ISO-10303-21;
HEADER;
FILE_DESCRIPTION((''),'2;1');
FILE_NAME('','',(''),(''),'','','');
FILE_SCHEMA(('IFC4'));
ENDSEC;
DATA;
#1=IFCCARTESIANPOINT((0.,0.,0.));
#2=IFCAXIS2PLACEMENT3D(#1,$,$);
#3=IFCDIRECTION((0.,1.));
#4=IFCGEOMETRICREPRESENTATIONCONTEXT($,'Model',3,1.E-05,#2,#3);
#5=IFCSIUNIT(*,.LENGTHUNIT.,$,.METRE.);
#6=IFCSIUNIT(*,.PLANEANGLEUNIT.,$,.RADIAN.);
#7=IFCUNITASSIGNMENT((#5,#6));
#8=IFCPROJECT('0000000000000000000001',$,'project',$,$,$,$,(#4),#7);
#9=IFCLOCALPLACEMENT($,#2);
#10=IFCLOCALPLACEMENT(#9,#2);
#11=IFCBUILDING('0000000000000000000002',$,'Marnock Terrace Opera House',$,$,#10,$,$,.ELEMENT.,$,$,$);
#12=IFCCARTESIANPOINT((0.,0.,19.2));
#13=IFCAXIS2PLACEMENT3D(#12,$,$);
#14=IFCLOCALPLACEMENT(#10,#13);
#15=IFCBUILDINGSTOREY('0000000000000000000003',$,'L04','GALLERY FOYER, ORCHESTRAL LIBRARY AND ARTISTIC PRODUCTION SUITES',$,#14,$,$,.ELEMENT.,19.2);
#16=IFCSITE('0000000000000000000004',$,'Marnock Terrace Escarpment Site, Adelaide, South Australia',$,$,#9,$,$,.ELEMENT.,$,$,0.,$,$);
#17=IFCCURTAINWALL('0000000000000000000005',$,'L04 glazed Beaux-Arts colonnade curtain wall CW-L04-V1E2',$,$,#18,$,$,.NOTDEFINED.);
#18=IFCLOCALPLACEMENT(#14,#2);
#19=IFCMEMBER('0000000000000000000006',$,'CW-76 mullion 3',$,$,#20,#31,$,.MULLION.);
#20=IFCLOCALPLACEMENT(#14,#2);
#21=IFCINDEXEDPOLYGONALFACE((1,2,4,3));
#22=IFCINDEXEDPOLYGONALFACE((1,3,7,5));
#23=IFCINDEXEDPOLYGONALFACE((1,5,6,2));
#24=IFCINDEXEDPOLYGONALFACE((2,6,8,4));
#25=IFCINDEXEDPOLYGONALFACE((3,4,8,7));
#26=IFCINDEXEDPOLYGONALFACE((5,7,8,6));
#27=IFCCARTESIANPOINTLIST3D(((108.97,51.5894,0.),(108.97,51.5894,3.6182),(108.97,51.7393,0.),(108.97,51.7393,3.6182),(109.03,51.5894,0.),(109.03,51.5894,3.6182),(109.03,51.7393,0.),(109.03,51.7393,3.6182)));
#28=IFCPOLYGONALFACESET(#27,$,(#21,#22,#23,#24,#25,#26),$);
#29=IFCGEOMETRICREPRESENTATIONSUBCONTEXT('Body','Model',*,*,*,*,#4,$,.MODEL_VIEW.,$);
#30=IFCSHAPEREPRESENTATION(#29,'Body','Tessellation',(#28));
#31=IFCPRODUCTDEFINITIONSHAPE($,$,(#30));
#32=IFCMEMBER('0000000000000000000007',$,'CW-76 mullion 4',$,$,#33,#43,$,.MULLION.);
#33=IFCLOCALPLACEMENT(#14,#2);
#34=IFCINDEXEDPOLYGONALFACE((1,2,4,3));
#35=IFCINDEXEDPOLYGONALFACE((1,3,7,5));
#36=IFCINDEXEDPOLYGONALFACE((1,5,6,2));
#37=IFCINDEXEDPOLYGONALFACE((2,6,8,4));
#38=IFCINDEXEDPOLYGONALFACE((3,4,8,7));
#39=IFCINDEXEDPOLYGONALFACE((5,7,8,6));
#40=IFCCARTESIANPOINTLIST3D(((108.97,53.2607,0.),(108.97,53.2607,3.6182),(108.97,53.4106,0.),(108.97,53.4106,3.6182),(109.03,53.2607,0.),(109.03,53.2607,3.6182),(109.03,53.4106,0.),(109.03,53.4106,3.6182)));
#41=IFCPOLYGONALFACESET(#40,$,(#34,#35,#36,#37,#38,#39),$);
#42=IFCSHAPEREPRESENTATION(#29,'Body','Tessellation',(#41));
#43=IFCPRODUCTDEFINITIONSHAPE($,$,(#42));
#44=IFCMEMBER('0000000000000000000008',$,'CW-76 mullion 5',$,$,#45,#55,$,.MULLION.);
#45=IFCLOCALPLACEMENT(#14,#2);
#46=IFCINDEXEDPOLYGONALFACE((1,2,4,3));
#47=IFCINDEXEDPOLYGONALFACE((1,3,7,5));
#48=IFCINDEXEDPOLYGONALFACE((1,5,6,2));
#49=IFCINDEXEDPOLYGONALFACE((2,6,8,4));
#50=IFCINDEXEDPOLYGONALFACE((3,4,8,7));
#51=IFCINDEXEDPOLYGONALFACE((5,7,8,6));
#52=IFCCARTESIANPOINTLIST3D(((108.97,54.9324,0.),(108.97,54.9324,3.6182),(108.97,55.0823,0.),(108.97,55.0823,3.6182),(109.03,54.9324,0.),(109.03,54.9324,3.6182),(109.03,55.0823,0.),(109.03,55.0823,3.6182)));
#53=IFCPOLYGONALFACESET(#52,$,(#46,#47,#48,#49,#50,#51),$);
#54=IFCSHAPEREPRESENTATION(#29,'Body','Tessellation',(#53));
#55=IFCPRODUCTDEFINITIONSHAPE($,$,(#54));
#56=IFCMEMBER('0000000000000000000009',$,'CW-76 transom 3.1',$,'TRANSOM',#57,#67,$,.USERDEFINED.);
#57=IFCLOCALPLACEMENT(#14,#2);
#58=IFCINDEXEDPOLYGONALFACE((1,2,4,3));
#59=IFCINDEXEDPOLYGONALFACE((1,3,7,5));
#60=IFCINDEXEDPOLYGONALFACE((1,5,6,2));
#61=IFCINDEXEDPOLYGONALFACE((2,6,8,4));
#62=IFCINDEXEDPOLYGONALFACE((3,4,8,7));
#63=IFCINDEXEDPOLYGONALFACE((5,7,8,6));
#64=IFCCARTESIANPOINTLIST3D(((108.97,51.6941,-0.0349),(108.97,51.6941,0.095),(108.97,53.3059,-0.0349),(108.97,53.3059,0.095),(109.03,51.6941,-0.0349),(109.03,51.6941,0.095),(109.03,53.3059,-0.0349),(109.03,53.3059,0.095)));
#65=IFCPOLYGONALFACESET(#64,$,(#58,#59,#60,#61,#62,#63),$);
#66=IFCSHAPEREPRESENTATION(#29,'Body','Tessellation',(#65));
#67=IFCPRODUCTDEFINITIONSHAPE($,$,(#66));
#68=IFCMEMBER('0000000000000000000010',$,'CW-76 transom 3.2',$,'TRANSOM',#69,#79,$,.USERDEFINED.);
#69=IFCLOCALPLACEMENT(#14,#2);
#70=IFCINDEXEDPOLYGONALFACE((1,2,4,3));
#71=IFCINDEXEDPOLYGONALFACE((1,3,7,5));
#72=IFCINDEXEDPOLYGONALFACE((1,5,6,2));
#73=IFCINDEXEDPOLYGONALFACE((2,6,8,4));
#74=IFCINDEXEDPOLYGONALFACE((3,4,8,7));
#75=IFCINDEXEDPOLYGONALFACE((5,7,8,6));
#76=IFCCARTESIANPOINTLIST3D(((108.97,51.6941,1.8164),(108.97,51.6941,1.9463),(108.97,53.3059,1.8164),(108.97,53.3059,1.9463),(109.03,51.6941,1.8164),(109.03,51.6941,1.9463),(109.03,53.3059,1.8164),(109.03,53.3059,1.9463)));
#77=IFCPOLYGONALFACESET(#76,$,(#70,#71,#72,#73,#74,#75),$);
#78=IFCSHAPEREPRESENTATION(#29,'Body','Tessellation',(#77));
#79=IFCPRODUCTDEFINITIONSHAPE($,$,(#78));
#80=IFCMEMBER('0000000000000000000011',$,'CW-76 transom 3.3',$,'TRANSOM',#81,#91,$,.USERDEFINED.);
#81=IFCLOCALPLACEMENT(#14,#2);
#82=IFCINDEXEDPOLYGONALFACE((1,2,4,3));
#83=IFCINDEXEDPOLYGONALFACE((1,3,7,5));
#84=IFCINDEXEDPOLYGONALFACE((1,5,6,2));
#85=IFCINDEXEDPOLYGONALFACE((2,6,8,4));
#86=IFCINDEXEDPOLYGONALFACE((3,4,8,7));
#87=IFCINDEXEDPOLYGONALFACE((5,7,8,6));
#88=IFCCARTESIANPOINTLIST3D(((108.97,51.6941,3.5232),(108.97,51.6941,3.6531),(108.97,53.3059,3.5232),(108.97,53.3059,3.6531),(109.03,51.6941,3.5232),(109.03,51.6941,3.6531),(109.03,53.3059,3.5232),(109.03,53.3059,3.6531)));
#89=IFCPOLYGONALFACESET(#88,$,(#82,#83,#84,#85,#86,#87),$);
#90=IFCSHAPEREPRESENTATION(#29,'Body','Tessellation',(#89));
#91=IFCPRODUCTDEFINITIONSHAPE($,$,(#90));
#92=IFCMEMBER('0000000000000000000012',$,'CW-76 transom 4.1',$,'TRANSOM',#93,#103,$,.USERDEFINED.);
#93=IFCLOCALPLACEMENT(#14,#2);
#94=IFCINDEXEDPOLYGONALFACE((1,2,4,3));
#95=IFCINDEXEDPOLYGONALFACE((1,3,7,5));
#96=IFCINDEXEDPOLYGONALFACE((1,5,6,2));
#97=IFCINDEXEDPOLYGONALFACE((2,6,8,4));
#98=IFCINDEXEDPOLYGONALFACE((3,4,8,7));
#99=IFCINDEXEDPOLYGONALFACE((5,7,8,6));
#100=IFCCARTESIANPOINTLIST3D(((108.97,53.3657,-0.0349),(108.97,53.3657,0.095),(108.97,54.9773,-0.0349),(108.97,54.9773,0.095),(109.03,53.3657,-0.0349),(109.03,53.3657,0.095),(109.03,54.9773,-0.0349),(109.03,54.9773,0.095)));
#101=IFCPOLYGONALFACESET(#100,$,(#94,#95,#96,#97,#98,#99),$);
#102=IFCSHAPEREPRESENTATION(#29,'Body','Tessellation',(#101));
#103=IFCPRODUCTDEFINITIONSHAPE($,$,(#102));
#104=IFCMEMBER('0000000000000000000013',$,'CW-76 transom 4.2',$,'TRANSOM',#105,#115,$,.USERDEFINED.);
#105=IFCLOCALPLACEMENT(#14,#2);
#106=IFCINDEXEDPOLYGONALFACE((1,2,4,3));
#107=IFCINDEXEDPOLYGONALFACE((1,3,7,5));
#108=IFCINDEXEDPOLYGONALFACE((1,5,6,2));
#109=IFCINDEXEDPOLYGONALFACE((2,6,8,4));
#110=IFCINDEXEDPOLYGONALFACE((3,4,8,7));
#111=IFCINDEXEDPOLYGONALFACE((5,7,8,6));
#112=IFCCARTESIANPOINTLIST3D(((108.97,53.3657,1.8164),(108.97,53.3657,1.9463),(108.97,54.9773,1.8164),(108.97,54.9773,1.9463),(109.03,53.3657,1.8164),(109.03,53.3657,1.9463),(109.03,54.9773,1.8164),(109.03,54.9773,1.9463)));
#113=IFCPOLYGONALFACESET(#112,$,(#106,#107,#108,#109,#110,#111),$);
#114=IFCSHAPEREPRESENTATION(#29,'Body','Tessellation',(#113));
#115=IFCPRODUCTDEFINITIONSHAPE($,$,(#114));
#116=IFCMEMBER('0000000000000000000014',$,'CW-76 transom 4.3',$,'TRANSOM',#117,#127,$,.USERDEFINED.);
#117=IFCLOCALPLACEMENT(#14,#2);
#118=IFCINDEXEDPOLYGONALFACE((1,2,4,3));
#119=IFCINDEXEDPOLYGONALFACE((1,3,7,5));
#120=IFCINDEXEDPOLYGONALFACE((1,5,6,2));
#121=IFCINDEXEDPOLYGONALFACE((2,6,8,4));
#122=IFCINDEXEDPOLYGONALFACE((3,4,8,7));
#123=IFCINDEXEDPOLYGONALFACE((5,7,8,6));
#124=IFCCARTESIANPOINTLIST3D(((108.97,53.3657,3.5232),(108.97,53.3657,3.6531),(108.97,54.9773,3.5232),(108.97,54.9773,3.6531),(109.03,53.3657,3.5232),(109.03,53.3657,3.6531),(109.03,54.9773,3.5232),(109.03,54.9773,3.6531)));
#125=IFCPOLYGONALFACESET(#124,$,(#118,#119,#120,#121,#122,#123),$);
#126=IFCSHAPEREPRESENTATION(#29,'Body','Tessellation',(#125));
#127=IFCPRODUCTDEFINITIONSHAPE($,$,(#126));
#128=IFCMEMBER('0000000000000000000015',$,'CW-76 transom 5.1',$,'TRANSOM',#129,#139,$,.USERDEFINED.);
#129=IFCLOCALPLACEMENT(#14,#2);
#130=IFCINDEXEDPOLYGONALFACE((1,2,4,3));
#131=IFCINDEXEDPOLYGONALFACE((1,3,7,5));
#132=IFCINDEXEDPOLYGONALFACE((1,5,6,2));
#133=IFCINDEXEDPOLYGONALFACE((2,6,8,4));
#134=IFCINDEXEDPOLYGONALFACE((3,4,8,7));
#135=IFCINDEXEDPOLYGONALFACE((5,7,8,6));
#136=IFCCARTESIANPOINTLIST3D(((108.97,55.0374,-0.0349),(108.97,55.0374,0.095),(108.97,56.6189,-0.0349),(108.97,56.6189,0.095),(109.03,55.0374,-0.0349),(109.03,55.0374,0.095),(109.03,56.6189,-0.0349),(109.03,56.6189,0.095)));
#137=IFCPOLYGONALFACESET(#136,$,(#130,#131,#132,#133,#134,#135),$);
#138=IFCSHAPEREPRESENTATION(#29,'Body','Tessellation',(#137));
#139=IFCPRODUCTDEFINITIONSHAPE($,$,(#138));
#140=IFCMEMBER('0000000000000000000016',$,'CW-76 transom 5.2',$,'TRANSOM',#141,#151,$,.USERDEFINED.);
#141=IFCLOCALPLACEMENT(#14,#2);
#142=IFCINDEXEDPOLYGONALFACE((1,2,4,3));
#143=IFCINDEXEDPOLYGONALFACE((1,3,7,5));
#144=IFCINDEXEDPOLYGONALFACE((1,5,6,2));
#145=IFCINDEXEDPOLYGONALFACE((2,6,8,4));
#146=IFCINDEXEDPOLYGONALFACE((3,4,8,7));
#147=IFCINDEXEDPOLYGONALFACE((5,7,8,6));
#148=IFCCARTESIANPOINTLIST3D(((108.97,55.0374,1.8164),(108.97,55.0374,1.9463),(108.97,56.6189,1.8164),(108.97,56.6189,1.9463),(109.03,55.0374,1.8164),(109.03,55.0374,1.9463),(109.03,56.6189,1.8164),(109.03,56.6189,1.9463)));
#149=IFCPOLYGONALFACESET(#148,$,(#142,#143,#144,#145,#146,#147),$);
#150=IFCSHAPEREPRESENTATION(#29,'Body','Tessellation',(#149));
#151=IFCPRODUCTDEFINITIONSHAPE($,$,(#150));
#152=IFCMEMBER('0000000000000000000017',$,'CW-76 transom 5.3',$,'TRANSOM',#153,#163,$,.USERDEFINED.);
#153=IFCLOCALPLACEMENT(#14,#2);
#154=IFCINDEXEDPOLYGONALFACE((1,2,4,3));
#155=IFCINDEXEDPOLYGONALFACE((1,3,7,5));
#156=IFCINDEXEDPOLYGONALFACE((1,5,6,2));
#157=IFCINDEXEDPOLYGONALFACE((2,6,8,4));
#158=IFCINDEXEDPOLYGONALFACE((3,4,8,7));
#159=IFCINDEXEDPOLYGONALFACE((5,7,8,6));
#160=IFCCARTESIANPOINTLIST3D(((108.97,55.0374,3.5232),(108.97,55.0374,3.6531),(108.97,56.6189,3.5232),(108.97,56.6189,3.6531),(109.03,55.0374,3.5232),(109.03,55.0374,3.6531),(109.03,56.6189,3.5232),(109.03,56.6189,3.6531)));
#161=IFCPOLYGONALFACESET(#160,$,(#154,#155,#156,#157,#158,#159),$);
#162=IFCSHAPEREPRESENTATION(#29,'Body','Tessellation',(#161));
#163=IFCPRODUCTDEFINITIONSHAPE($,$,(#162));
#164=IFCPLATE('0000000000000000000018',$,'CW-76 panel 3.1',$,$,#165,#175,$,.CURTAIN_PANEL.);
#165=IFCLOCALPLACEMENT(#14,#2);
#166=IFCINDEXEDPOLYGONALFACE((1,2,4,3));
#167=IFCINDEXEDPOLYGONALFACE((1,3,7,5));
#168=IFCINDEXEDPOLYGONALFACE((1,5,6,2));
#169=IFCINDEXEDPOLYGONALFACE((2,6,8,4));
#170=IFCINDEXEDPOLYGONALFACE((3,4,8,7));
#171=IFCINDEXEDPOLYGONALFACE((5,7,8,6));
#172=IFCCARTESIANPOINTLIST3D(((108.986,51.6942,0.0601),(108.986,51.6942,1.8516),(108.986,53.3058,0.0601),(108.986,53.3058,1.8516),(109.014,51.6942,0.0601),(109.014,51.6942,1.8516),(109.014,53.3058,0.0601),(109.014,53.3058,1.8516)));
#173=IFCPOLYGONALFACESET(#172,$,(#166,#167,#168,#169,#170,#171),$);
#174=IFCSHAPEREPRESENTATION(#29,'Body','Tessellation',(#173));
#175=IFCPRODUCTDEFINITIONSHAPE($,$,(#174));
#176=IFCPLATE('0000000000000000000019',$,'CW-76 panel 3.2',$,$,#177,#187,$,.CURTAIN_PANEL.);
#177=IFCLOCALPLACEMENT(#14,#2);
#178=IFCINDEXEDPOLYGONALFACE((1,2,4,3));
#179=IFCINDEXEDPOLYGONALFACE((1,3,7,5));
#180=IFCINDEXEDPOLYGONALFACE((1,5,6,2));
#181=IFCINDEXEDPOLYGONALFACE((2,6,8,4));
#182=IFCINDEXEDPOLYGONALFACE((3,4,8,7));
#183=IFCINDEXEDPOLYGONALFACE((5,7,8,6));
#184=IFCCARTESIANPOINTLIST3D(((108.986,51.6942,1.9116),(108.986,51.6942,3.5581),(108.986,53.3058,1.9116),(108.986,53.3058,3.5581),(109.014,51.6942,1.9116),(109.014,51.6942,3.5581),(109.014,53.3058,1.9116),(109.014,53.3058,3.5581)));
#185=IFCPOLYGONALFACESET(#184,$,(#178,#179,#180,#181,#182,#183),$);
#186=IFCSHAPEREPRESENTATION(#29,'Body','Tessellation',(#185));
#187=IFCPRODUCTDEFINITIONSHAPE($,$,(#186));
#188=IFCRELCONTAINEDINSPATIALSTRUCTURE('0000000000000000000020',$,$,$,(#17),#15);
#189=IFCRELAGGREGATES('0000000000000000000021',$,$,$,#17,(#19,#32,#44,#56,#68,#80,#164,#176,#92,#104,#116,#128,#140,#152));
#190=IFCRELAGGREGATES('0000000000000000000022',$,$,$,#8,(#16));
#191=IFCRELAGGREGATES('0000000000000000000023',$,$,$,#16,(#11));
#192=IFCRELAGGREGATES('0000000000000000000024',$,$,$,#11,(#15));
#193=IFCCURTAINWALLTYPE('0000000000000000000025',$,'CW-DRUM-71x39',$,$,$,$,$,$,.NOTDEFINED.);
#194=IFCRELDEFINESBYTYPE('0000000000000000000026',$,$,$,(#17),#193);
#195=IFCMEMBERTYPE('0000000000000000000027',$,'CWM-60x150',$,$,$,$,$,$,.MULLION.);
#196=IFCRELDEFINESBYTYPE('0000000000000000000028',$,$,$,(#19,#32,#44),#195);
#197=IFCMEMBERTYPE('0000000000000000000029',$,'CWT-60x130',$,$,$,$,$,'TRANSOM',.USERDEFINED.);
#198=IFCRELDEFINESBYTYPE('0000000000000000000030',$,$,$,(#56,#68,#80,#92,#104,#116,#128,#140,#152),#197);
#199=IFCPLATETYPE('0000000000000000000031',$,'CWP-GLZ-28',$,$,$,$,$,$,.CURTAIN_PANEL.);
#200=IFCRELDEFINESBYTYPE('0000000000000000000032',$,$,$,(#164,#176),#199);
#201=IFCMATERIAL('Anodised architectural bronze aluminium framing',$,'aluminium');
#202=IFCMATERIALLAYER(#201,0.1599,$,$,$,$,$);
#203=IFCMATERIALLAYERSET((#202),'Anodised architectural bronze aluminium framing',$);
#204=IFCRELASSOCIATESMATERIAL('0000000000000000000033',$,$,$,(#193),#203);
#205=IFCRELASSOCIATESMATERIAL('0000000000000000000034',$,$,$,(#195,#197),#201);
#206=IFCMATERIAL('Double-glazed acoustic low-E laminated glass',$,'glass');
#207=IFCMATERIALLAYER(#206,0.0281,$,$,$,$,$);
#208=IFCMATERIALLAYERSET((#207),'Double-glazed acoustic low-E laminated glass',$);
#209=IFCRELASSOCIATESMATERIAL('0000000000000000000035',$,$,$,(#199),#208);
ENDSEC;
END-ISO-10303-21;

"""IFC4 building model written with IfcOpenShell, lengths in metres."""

from ifc_helpers import new_model, si_unit, direction, frame, origin, origin_2d, place, context, subcontext, project, spatial, rectangle, extrude, material, layer, layer_set, material_profile, profile_set, type_object, element, aggregate, save


model = new_model("IFC4")

# Units and contexts
model_context = context("Model", 3, precision=1e-05, world=origin(), true_north=direction((0.0, 1.0)))
body_context = subcontext(model_context, "Body", "Model", "MODEL_VIEW")
ifc_project = project(units=[si_unit("LENGTHUNIT", "METRE"), si_unit("PLANEANGLEUNIT", "RADIAN")], contexts=[model_context])

# Site, building, storey
site_placement = place(None, origin())
site = spatial("IfcSite", under=ifc_project, at=site_placement, Name="Marnock Terrace Escarpment Site, Adelaide, South Australia", CompositionType="ELEMENT", RefElevation=0.0)
building_placement = place(site_placement, origin())
building = spatial("IfcBuilding", under=site, at=building_placement, Name="Marnock Terrace Opera House", CompositionType="ELEMENT")
storey_placement = place(building_placement, frame((0.0, 0.0, 19.2)))
storey = spatial("IfcBuildingStorey", under=building, at=storey_placement, Name="L04", Description="GALLERY FOYER, ORCHESTRAL LIBRARY AND ARTISTIC PRODUCTION SUITES", CompositionType="ELEMENT", Elevation=19.2)

# Curtain wall, members, plates
ifc_material_1 = material(Name="Anodised architectural bronze aluminium framing", Category="aluminium")
ifc_layer_1 = layer(ifc_material_1, 0.1599)
ifc_layer_set_1 = layer_set([ifc_layer_1], Name="Anodised architectural bronze aluminium framing")
curtain_wall_type = type_object("IfcCurtainWallType", Name="CW-DRUM-71x39", PredefinedType="NOTDEFINED", material=ifc_layer_set_1)
curtain_wall_placement = place(storey_placement, origin())
curtain_wall = element("IfcCurtainWall", 1, at=curtain_wall_placement, inside=storey, type_object=curtain_wall_type, Name="L04 glazed Beaux-Arts colonnade curtain wall CW-L04-V1E2", PredefinedType="NOTDEFINED")
ifc_material_profile_1 = material_profile(ifc_material_1, rectangle(XDim=0.0601, YDim=0.1499, at=origin_2d()))
ifc_profile_set_1 = profile_set([ifc_material_profile_1], Name="Anodised architectural bronze aluminium framing")
member_type_1 = type_object("IfcMemberType", Name="CWM-60x150", PredefinedType="MULLION", material=ifc_profile_set_1)
member_1_placement = place(storey_placement, frame((109.0, 51.6643, 0.0), z_axis=(0.0, 0.0, 1.0), x_axis=(-1.0, 0.0, 0.0)))
member_1 = element("IfcMember", 2, at=member_1_placement, type_object=member_type_1, Name="CW-76 mullion 3", PredefinedType="MULLION", context=body_context, shape_type="SweptSolid", body=[
    extrude(rectangle(XDim=0.0601, YDim=0.1499, at=origin_2d()), origin(), (0.0, 0.0, 1.0), 3.6182),
])
member_2_placement = place(storey_placement, frame((109.0, 53.3357, 0.0), z_axis=(0.0, 0.0, 1.0), x_axis=(-1.0, 0.0, 0.0)))
member_2 = element("IfcMember", 3, at=member_2_placement, type_object=member_type_1, Name="CW-76 mullion 4", PredefinedType="MULLION", context=body_context, shape_type="SweptSolid", body=[
    extrude(rectangle(XDim=0.0601, YDim=0.1499, at=origin_2d()), origin(), (0.0, 0.0, 1.0), 3.6182),
])
member_3_placement = place(storey_placement, frame((109.0, 55.0073, 0.0), z_axis=(0.0, 0.0, 1.0), x_axis=(-1.0, 0.0, 0.0)))
member_3 = element("IfcMember", 4, at=member_3_placement, type_object=member_type_1, Name="CW-76 mullion 5", PredefinedType="MULLION", context=body_context, shape_type="SweptSolid", body=[
    extrude(rectangle(XDim=0.0601, YDim=0.1499, at=origin_2d()), origin(), (0.0, 0.0, 1.0), 3.6182),
])
ifc_material_profile_2 = material_profile(ifc_material_1, rectangle(XDim=0.0601, YDim=0.1299, at=origin_2d()))
ifc_profile_set_2 = profile_set([ifc_material_profile_2], Name="Anodised architectural bronze aluminium framing")
member_type_2 = type_object("IfcMemberType", Name="CWT-60x130", ElementType="TRANSOM", PredefinedType="USERDEFINED", material=ifc_profile_set_2)
member_4_placement = place(storey_placement, frame((109.0, 51.6941, 0.03), z_axis=(0.0, 1.0, 0.0), x_axis=(-1.0, 0.0, 0.0)))
member_4 = element("IfcMember", 5, at=member_4_placement, type_object=member_type_2, Name="CW-76 transom 3.1", ObjectType="TRANSOM", PredefinedType="USERDEFINED", context=body_context, shape_type="SweptSolid", body=[
    extrude(rectangle(XDim=0.0601, YDim=0.1299, at=origin_2d()), origin(), (0.0, 0.0, 1.0), 1.6118),
])
member_5_placement = place(storey_placement, frame((109.0, 51.6941, 1.8813), z_axis=(0.0, 1.0, 0.0), x_axis=(-1.0, 0.0, 0.0)))
member_5 = element("IfcMember", 6, at=member_5_placement, type_object=member_type_2, Name="CW-76 transom 3.2", ObjectType="TRANSOM", PredefinedType="USERDEFINED", context=body_context, shape_type="SweptSolid", body=[
    extrude(rectangle(XDim=0.0601, YDim=0.1299, at=origin_2d()), origin(), (0.0, 0.0, 1.0), 1.6118),
])
member_6_placement = place(storey_placement, frame((109.0, 51.6941, 3.5881), z_axis=(0.0, 1.0, 0.0), x_axis=(-1.0, 0.0, 0.0)))
member_6 = element("IfcMember", 7, at=member_6_placement, type_object=member_type_2, Name="CW-76 transom 3.3", ObjectType="TRANSOM", PredefinedType="USERDEFINED", context=body_context, shape_type="SweptSolid", body=[
    extrude(rectangle(XDim=0.0601, YDim=0.1299, at=origin_2d()), origin(), (0.0, 0.0, 1.0), 1.6118),
])
member_7_placement = place(storey_placement, frame((109.0, 53.3657, 0.03), z_axis=(0.0, 1.0, 0.0), x_axis=(-1.0, 0.0, 0.0)))
member_7 = element("IfcMember", 8, at=member_7_placement, type_object=member_type_2, Name="CW-76 transom 4.1", ObjectType="TRANSOM", PredefinedType="USERDEFINED", context=body_context, shape_type="SweptSolid", body=[
    extrude(rectangle(XDim=0.0601, YDim=0.1299, at=origin_2d()), origin(), (0.0, 0.0, 1.0), 1.6116),
])
member_8_placement = place(storey_placement, frame((109.0, 53.3657, 1.8813), z_axis=(0.0, 1.0, 0.0), x_axis=(-1.0, 0.0, 0.0)))
member_8 = element("IfcMember", 9, at=member_8_placement, type_object=member_type_2, Name="CW-76 transom 4.2", ObjectType="TRANSOM", PredefinedType="USERDEFINED", context=body_context, shape_type="SweptSolid", body=[
    extrude(rectangle(XDim=0.0601, YDim=0.1299, at=origin_2d()), origin(), (0.0, 0.0, 1.0), 1.6116),
])
member_9_placement = place(storey_placement, frame((109.0, 53.3657, 3.5881), z_axis=(0.0, 1.0, 0.0), x_axis=(-1.0, 0.0, 0.0)))
member_9 = element("IfcMember", 10, at=member_9_placement, type_object=member_type_2, Name="CW-76 transom 4.3", ObjectType="TRANSOM", PredefinedType="USERDEFINED", context=body_context, shape_type="SweptSolid", body=[
    extrude(rectangle(XDim=0.0601, YDim=0.1299, at=origin_2d()), origin(), (0.0, 0.0, 1.0), 1.6116),
])
member_10_placement = place(storey_placement, frame((109.0, 55.0374, 0.03), z_axis=(0.0, 1.0, 0.0), x_axis=(-1.0, 0.0, 0.0)))
member_10 = element("IfcMember", 11, at=member_10_placement, type_object=member_type_2, Name="CW-76 transom 5.1", ObjectType="TRANSOM", PredefinedType="USERDEFINED", context=body_context, shape_type="SweptSolid", body=[
    extrude(rectangle(XDim=0.0601, YDim=0.1299, at=origin_2d()), origin(), (0.0, 0.0, 1.0), 1.5815),
])
member_11_placement = place(storey_placement, frame((109.0, 55.0374, 1.8813), z_axis=(0.0, 1.0, 0.0), x_axis=(-1.0, 0.0, 0.0)))
member_11 = element("IfcMember", 12, at=member_11_placement, type_object=member_type_2, Name="CW-76 transom 5.2", ObjectType="TRANSOM", PredefinedType="USERDEFINED", context=body_context, shape_type="SweptSolid", body=[
    extrude(rectangle(XDim=0.0601, YDim=0.1299, at=origin_2d()), origin(), (0.0, 0.0, 1.0), 1.5815),
])
member_12_placement = place(storey_placement, frame((109.0, 55.0374, 3.5881), z_axis=(0.0, 1.0, 0.0), x_axis=(-1.0, 0.0, 0.0)))
member_12 = element("IfcMember", 13, at=member_12_placement, type_object=member_type_2, Name="CW-76 transom 5.3", ObjectType="TRANSOM", PredefinedType="USERDEFINED", context=body_context, shape_type="SweptSolid", body=[
    extrude(rectangle(XDim=0.0601, YDim=0.1299, at=origin_2d()), origin(), (0.0, 0.0, 1.0), 1.5815),
])
ifc_material_2 = material(Name="Double-glazed acoustic low-E laminated glass", Category="glass")
ifc_layer_2 = layer(ifc_material_2, 0.0281)
ifc_layer_set_2 = layer_set([ifc_layer_2], Name="Double-glazed acoustic low-E laminated glass")
plate_type = type_object("IfcPlateType", Name="CWP-GLZ-28", PredefinedType="CURTAIN_PANEL", material=ifc_layer_set_2)
plate_1_placement = place(storey_placement, frame((109.0, 52.5, 0.0601), z_axis=(0.0, 0.0, 1.0), x_axis=(0.0, 1.0, 0.0)))
plate_1 = element("IfcPlate", 14, at=plate_1_placement, type_object=plate_type, Name="CW-76 panel 3.1", PredefinedType="CURTAIN_PANEL", context=body_context, shape_type="SweptSolid", body=[
    extrude(rectangle(XDim=1.6116, YDim=0.0281, at=origin_2d()), origin(), (0.0, 0.0, 1.0), 1.7915),
])
plate_2_placement = place(storey_placement, frame((109.0, 52.5, 1.9116), z_axis=(0.0, 0.0, 1.0), x_axis=(0.0, 1.0, 0.0)))
plate_2 = element("IfcPlate", 15, at=plate_2_placement, type_object=plate_type, Name="CW-76 panel 3.2", PredefinedType="CURTAIN_PANEL", context=body_context, shape_type="SweptSolid", body=[
    extrude(rectangle(XDim=1.6116, YDim=0.0281, at=origin_2d()), origin(), (0.0, 0.0, 1.0), 1.6465),
])
aggregate(curtain_wall, [member_1, member_2, member_3, member_4, member_5, member_6, plate_1, plate_2, member_7, member_8, member_9, member_10, member_11, member_12])

save(model, "model.ifc")
